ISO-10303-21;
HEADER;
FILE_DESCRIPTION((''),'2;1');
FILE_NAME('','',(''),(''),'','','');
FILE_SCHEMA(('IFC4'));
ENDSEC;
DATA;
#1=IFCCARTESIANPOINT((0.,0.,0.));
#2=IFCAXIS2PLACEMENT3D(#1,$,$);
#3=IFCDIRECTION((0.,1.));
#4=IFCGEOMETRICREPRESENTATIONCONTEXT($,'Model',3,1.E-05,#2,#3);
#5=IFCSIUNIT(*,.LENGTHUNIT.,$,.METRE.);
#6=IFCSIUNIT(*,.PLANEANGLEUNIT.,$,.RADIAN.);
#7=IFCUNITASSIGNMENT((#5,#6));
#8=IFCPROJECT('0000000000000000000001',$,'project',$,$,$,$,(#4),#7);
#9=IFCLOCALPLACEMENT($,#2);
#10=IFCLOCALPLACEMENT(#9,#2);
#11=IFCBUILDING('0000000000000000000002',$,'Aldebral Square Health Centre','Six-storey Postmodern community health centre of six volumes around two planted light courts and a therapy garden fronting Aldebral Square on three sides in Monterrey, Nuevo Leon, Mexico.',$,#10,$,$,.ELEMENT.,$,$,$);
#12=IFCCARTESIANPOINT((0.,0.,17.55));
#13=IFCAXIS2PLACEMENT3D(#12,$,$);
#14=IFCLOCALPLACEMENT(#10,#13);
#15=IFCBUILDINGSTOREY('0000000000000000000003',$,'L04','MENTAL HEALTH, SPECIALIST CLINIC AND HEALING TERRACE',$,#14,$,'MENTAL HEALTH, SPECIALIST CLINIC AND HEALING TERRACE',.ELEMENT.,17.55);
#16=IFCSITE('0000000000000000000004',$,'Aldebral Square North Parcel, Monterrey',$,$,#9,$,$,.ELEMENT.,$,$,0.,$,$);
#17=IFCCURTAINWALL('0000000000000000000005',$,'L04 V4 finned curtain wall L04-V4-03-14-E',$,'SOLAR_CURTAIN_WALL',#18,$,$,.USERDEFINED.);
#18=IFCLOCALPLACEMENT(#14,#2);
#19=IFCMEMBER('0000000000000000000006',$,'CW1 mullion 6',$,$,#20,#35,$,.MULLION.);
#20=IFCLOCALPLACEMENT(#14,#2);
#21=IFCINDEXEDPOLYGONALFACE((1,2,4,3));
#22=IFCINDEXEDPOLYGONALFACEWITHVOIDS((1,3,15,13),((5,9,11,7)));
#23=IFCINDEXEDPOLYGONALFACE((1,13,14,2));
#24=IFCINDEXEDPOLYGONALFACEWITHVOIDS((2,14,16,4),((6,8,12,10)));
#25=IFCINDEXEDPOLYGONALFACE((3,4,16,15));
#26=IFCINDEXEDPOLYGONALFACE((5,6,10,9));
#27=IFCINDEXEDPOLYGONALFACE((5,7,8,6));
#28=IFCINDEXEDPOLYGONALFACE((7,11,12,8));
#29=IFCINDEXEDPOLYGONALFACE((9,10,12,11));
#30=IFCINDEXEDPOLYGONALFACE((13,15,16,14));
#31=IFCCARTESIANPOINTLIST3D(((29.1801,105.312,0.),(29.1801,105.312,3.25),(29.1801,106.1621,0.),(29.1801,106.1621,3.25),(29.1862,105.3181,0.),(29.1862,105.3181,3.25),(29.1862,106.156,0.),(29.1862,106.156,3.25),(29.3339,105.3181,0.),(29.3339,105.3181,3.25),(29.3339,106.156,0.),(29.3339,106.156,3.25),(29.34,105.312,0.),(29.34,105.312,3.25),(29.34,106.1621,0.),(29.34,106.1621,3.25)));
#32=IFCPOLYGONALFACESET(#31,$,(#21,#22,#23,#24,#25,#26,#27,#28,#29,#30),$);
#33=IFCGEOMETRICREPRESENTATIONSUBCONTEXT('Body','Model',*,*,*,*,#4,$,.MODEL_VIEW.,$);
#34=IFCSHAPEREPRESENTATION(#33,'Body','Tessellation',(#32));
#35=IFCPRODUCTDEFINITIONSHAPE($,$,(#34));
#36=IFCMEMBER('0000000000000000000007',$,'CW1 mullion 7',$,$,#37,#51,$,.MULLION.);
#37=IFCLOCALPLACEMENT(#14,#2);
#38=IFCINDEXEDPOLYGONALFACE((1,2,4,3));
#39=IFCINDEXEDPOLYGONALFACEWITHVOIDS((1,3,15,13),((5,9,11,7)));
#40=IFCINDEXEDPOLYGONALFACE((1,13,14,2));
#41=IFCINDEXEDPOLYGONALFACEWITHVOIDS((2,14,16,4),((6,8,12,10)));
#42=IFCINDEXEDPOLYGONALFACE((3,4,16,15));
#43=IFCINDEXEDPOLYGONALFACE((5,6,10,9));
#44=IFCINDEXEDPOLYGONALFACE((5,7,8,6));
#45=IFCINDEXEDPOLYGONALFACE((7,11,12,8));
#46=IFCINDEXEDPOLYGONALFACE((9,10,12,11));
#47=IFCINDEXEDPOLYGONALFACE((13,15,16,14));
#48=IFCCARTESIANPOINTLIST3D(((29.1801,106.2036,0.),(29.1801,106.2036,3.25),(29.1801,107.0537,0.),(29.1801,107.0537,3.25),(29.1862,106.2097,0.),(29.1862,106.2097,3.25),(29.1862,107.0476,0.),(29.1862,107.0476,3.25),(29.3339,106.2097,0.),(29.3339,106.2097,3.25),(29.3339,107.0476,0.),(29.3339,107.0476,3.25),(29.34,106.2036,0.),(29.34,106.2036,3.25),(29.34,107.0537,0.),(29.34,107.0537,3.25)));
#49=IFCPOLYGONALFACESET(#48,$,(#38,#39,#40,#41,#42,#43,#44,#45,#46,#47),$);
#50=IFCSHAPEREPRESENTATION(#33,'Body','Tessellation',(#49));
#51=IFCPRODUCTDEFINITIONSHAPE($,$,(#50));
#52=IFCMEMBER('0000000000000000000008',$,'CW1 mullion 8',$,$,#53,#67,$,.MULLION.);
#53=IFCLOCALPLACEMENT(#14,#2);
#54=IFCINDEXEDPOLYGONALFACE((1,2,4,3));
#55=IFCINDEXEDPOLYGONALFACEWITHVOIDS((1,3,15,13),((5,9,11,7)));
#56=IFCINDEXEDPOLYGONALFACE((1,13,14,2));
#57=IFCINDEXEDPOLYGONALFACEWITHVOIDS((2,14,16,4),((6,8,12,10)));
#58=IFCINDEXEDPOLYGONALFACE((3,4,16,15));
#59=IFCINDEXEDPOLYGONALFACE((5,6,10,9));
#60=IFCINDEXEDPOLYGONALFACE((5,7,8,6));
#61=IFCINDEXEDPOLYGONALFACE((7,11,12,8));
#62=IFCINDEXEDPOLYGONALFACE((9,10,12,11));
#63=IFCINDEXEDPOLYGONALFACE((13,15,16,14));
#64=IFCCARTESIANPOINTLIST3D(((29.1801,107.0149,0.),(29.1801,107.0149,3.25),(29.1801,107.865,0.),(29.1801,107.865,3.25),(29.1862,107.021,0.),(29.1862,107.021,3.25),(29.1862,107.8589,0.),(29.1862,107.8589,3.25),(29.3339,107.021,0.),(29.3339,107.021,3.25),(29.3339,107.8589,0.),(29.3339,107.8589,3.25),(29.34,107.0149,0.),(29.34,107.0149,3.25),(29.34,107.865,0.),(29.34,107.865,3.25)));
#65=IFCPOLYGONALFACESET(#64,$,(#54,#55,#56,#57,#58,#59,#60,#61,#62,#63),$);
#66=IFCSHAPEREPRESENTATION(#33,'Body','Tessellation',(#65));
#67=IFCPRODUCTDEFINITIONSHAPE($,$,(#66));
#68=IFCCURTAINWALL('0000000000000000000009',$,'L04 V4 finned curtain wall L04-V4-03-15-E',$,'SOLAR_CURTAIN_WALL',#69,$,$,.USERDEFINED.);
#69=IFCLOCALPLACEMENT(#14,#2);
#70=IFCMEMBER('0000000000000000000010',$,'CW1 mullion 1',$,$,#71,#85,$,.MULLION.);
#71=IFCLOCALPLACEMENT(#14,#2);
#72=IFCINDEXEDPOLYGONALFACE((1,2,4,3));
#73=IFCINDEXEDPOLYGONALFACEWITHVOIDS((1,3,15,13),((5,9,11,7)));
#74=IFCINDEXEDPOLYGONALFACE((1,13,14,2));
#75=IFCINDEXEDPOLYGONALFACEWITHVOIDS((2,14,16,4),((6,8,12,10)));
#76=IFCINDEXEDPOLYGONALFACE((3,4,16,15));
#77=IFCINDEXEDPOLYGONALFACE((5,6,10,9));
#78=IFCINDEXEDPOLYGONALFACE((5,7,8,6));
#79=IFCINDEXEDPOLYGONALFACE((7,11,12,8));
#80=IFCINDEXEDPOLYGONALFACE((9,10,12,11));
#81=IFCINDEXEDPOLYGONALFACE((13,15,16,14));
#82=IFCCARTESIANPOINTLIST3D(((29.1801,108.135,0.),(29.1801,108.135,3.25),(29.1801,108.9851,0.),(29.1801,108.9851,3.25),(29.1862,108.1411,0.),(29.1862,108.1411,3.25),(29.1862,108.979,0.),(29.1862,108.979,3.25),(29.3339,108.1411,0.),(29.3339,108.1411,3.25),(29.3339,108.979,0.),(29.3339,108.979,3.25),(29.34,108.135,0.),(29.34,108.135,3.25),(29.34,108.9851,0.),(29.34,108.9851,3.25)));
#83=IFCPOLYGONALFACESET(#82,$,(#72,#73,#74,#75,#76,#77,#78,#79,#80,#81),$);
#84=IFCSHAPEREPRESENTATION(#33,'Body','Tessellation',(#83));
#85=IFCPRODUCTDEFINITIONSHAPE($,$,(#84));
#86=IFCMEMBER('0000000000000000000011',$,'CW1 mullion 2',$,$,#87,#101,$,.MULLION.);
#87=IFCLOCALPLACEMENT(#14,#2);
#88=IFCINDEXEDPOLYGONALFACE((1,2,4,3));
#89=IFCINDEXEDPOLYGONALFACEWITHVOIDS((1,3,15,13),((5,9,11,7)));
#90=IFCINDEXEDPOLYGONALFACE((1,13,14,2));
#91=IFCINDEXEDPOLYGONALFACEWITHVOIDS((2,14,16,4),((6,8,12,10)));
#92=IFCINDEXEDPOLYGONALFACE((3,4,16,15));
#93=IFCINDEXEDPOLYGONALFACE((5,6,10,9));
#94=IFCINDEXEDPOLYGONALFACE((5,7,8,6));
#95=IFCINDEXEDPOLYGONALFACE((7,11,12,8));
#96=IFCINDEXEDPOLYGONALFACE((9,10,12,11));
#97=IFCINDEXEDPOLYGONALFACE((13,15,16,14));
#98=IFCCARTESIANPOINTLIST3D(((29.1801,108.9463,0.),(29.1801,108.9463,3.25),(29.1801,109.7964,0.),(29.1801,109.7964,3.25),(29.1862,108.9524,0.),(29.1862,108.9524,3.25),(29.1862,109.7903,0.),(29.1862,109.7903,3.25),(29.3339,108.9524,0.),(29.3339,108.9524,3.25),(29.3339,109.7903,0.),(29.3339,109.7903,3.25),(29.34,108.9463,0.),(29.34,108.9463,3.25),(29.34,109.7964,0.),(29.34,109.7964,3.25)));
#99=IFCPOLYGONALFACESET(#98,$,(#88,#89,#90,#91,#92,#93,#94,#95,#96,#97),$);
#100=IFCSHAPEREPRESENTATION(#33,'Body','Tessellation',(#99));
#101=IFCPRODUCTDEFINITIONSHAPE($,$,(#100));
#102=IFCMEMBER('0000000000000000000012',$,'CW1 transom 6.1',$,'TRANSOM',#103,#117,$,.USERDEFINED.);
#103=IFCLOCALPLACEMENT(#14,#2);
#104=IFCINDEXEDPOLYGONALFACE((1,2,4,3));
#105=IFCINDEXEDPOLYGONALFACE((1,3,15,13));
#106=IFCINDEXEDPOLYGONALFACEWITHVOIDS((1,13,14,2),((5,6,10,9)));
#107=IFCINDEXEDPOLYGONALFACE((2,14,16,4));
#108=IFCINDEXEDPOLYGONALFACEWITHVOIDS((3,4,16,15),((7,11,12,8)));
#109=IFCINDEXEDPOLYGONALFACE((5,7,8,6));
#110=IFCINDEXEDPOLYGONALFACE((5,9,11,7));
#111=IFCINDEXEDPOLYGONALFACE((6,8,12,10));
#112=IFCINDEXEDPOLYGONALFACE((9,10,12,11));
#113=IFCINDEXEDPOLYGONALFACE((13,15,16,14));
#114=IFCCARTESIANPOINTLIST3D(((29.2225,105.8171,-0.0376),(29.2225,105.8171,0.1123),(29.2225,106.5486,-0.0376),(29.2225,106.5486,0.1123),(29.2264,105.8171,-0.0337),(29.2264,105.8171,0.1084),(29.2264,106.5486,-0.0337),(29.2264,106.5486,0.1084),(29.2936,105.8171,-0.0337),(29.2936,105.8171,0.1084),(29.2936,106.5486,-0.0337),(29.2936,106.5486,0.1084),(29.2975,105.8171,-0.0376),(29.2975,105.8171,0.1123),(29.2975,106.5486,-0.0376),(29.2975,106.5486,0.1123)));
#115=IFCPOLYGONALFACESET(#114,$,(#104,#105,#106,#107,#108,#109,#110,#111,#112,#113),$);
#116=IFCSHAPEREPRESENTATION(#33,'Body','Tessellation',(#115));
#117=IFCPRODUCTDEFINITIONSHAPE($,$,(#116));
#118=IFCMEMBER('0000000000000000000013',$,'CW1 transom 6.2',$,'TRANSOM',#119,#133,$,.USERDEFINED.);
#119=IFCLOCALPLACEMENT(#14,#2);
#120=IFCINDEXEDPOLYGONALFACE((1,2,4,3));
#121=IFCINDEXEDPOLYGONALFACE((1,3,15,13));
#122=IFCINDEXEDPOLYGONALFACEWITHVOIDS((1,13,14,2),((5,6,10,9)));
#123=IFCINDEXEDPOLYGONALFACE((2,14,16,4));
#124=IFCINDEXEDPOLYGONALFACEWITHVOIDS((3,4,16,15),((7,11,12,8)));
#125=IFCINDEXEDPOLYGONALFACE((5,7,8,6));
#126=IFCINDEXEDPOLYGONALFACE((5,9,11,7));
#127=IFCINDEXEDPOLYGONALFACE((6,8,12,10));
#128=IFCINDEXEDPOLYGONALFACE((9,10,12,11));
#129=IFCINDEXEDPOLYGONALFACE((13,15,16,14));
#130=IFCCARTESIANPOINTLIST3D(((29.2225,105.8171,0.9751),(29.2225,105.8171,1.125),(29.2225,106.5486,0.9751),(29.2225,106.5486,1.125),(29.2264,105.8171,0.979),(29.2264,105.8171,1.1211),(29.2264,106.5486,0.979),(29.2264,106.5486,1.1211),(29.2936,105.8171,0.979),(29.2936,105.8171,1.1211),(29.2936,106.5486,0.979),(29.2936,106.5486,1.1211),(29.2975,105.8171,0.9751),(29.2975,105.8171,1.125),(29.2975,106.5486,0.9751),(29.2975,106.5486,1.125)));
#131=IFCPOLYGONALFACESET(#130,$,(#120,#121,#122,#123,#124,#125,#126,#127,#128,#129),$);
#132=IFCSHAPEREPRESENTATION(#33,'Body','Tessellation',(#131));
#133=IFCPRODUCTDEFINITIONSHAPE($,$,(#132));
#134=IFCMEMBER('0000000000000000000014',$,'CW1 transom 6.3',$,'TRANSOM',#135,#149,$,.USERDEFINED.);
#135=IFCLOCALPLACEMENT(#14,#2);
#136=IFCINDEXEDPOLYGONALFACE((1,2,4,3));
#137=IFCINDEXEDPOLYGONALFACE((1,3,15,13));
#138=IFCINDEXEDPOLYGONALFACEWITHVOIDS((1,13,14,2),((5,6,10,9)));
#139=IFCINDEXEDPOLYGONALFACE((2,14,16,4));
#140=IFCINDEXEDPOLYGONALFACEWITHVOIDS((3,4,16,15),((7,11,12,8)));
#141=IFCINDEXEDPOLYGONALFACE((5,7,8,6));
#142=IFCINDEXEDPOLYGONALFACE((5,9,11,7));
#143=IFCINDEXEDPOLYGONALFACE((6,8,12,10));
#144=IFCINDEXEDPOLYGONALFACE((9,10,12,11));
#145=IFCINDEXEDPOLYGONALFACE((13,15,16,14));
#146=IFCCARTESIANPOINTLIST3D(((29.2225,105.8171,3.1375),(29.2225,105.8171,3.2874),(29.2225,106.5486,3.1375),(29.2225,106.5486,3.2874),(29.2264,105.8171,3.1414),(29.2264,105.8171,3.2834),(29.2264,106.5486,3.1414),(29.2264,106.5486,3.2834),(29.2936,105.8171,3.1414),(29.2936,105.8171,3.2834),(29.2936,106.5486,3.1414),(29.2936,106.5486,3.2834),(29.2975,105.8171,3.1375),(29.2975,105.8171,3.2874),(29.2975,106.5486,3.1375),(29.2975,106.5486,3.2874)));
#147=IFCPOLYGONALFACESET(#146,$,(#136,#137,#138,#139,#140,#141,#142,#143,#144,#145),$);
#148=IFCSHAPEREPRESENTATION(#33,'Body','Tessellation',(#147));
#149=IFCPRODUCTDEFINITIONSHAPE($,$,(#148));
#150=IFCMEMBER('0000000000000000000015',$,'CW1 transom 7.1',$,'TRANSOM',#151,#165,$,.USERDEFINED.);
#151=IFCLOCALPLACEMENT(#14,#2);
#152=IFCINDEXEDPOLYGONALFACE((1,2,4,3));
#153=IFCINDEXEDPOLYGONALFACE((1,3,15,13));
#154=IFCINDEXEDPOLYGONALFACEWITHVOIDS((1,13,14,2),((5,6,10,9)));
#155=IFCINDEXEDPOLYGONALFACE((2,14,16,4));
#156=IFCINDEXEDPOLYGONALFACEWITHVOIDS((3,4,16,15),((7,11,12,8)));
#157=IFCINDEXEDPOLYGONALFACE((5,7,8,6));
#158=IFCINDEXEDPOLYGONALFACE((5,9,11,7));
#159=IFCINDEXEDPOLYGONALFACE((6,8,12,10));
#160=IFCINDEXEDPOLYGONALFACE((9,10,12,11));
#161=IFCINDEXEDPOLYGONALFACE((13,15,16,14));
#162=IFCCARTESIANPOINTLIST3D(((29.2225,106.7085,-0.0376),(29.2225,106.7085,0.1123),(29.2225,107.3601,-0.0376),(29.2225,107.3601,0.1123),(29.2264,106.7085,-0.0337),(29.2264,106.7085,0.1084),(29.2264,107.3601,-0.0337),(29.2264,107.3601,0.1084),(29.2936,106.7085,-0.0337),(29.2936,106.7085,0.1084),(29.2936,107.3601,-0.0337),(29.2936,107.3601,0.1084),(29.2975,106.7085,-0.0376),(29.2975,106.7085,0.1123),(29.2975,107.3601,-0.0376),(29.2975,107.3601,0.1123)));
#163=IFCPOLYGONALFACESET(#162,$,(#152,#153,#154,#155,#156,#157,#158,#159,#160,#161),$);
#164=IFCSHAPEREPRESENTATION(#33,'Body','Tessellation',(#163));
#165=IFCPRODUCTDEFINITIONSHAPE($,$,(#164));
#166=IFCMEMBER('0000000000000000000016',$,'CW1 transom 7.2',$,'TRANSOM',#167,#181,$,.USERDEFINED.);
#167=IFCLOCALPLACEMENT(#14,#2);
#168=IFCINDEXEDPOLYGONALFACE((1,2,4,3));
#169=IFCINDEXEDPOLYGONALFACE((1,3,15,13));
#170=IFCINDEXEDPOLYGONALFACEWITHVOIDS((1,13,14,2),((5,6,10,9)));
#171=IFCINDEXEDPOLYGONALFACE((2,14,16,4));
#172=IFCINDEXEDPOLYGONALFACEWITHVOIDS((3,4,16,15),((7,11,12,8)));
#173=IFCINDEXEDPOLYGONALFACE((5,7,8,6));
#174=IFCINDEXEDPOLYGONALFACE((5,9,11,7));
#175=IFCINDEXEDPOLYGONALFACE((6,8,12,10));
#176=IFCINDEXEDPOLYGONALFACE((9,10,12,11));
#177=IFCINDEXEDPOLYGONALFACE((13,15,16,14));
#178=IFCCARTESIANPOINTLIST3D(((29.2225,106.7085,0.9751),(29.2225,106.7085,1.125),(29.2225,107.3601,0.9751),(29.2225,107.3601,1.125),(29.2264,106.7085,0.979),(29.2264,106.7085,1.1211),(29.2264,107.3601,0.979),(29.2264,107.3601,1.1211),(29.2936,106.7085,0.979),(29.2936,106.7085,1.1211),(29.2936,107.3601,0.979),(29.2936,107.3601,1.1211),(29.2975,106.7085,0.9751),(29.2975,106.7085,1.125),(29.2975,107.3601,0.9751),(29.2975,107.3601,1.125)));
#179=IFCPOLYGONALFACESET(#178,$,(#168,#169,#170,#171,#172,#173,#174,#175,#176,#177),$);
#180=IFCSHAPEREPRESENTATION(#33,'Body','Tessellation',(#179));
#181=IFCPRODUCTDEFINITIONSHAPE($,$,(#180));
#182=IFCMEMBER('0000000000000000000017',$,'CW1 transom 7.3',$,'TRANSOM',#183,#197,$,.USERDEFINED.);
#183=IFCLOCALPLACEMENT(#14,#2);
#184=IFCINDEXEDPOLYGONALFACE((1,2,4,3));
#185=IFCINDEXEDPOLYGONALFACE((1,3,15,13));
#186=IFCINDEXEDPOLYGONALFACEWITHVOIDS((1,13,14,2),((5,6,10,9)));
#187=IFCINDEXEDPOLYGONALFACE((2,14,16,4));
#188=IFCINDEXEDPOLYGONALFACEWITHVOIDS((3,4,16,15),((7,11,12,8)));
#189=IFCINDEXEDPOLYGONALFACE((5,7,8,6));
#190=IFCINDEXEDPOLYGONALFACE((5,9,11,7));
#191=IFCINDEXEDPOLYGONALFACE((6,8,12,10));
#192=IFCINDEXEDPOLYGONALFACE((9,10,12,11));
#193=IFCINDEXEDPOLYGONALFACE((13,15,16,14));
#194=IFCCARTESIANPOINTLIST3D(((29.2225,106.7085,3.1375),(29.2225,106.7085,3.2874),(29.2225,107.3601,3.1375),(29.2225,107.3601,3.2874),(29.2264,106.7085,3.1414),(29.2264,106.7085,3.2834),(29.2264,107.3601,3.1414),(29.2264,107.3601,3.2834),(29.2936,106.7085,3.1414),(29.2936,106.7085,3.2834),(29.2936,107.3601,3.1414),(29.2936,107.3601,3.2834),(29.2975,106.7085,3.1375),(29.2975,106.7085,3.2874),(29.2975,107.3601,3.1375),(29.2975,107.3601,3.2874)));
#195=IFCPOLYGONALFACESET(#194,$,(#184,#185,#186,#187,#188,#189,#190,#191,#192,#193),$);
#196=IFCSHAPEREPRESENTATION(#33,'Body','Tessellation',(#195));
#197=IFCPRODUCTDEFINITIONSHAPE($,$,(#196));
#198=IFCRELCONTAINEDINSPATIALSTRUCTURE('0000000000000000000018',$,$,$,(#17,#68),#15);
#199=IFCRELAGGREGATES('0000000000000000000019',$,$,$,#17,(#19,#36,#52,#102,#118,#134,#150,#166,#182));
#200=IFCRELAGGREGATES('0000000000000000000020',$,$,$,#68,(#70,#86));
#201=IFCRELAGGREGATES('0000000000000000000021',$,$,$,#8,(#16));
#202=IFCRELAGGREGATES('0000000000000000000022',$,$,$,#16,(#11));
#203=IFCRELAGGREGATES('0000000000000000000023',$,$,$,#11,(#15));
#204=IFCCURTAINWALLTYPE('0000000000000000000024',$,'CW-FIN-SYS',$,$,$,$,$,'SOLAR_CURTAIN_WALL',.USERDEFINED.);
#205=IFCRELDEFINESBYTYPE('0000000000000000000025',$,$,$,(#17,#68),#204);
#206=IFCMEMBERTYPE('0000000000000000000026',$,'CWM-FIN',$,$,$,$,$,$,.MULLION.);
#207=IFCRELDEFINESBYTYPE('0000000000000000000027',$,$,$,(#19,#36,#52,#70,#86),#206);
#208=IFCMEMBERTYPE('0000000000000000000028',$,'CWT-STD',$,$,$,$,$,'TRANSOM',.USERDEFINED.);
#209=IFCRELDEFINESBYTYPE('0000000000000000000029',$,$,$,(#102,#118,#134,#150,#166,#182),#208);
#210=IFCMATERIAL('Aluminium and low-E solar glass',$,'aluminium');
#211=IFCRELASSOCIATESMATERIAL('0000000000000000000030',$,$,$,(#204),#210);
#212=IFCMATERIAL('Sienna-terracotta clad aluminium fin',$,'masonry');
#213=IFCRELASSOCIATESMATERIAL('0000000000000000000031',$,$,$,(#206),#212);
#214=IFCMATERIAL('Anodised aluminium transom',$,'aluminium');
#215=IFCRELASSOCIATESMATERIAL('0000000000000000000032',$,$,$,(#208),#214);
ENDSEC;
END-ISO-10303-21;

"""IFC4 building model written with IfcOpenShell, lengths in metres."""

from ifc_helpers import new_model, si_unit, direction, frame, origin, origin_2d, place, context, subcontext, project, spatial, hollow_rectangle, extrude, material, material_profile, profile_set, type_object, element, aggregate, save


model = new_model("IFC4")

# Units and contexts
model_context = context("Model", 3, precision=1e-05, world=origin(), true_north=direction((0.0, 1.0)))
body_context = subcontext(model_context, "Body", "Model", "MODEL_VIEW")
ifc_project = project(units=[si_unit("LENGTHUNIT", "METRE"), si_unit("PLANEANGLEUNIT", "RADIAN")], contexts=[model_context])

# Site, building, storey
site_placement = place(None, origin())
site = spatial("IfcSite", under=ifc_project, at=site_placement, Name="Aldebral Square North Parcel, Monterrey", CompositionType="ELEMENT", RefElevation=0.0)
building_placement = place(site_placement, origin())
building = spatial("IfcBuilding", under=site, at=building_placement, Name="Aldebral Square Health Centre", Description="Six-storey Postmodern community health centre of six volumes around two planted light courts and a therapy garden fronting Aldebral Square on three sides in Monterrey, Nuevo Leon, Mexico.", CompositionType="ELEMENT")
storey_placement = place(building_placement, frame((0.0, 0.0, 17.55)))
storey = spatial("IfcBuildingStorey", under=building, at=storey_placement, Name="L04", Description="MENTAL HEALTH, SPECIALIST CLINIC AND HEALING TERRACE", LongName="MENTAL HEALTH, SPECIALIST CLINIC AND HEALING TERRACE", CompositionType="ELEMENT", Elevation=17.55)

# Curtain walls, members
ifc_material_1 = material(Name="Aluminium and low-E solar glass", Category="aluminium")
curtain_wall_type = type_object("IfcCurtainWallType", Name="CW-FIN-SYS", ElementType="SOLAR_CURTAIN_WALL", PredefinedType="USERDEFINED", material=ifc_material_1)
curtain_wall_1_placement = place(storey_placement, origin())
curtain_wall_1 = element("IfcCurtainWall", 1, at=curtain_wall_1_placement, inside=storey, type_object=curtain_wall_type, Name="L04 V4 finned curtain wall L04-V4-03-14-E", ObjectType="SOLAR_CURTAIN_WALL", PredefinedType="USERDEFINED")
ifc_material_2 = material(Name="Sienna-terracotta clad aluminium fin", Category="masonry")
ifc_material_profile_1 = material_profile(ifc_material_2, hollow_rectangle(XDim=0.1599, YDim=0.8501, WallThickness=0.0061, at=origin_2d()), Name="FIN 160x850x6")
ifc_profile_set_1 = profile_set([ifc_material_profile_1], Name="Sienna-terracotta clad aluminium fin")
member_type_1 = type_object("IfcMemberType", Name="CWM-FIN", PredefinedType="MULLION", material=ifc_profile_set_1)
member_1_placement = place(storey_placement, frame((29.26, 105.7371, 0.0), z_axis=(0.0, 0.0, 1.0), x_axis=(-1.0, 0.0, 0.0)))
member_1 = element("IfcMember", 2, at=member_1_placement, type_object=member_type_1, Name="CW1 mullion 6", PredefinedType="MULLION", context=body_context, shape_type="SweptSolid", body=[
    extrude(hollow_rectangle(XDim=0.1599, YDim=0.8501, WallThickness=0.0061, at=origin_2d()), origin(), (0.0, 0.0, 1.0), 3.25),
])
member_2_placement = place(storey_placement, frame((29.26, 106.6287, 0.0), z_axis=(0.0, 0.0, 1.0), x_axis=(-1.0, 0.0, 0.0)))
member_2 = element("IfcMember", 3, at=member_2_placement, type_object=member_type_1, Name="CW1 mullion 7", PredefinedType="MULLION", context=body_context, shape_type="SweptSolid", body=[
    extrude(hollow_rectangle(XDim=0.1599, YDim=0.8501, WallThickness=0.0061, at=origin_2d()), origin(), (0.0, 0.0, 1.0), 3.25),
])
member_3_placement = place(storey_placement, frame((29.26, 107.4399, 0.0), z_axis=(0.0, 0.0, 1.0), x_axis=(-1.0, 0.0, 0.0)))
member_3 = element("IfcMember", 4, at=member_3_placement, type_object=member_type_1, Name="CW1 mullion 8", PredefinedType="MULLION", context=body_context, shape_type="SweptSolid", body=[
    extrude(hollow_rectangle(XDim=0.1599, YDim=0.8501, WallThickness=0.0061, at=origin_2d()), origin(), (0.0, 0.0, 1.0), 3.25),
])
curtain_wall_2_placement = place(storey_placement, origin())
curtain_wall_2 = element("IfcCurtainWall", 5, at=curtain_wall_2_placement, inside=storey, type_object=curtain_wall_type, Name="L04 V4 finned curtain wall L04-V4-03-15-E", ObjectType="SOLAR_CURTAIN_WALL", PredefinedType="USERDEFINED")
member_4_placement = place(storey_placement, frame((29.26, 108.5601, 0.0), z_axis=(0.0, 0.0, 1.0), x_axis=(-1.0, 0.0, 0.0)))
member_4 = element("IfcMember", 6, at=member_4_placement, type_object=member_type_1, Name="CW1 mullion 1", PredefinedType="MULLION", context=body_context, shape_type="SweptSolid", body=[
    extrude(hollow_rectangle(XDim=0.1599, YDim=0.8501, WallThickness=0.0061, at=origin_2d()), origin(), (0.0, 0.0, 1.0), 3.25),
])
member_5_placement = place(storey_placement, frame((29.26, 109.3713, 0.0), z_axis=(0.0, 0.0, 1.0), x_axis=(-1.0, 0.0, 0.0)))
member_5 = element("IfcMember", 7, at=member_5_placement, type_object=member_type_1, Name="CW1 mullion 2", PredefinedType="MULLION", context=body_context, shape_type="SweptSolid", body=[
    extrude(hollow_rectangle(XDim=0.1599, YDim=0.8501, WallThickness=0.0061, at=origin_2d()), origin(), (0.0, 0.0, 1.0), 3.25),
])

# Members
ifc_material_3 = material(Name="Anodised aluminium transom", Category="aluminium")
ifc_material_profile_2 = material_profile(ifc_material_3, hollow_rectangle(XDim=0.075, YDim=0.1499, WallThickness=0.0039, at=origin_2d()), Name="CWT 75x150x4")
ifc_profile_set_2 = profile_set([ifc_material_profile_2], Name="Anodised aluminium transom")
member_type_2 = type_object("IfcMemberType", Name="CWT-STD", ElementType="TRANSOM", PredefinedType="USERDEFINED", material=ifc_profile_set_2)
member_6_placement = place(storey_placement, frame((29.26, 105.8171, 0.0374), z_axis=(0.0, 1.0, 0.0), x_axis=(-1.0, 0.0, 0.0)))
member_6 = element("IfcMember", 8, at=member_6_placement, type_object=member_type_2, Name="CW1 transom 6.1", ObjectType="TRANSOM", PredefinedType="USERDEFINED", context=body_context, shape_type="SweptSolid", body=[
    extrude(hollow_rectangle(XDim=0.075, YDim=0.1499, WallThickness=0.0039, at=origin_2d()), origin(), (0.0, 0.0, 1.0), 0.7314),
])
member_7_placement = place(storey_placement, frame((29.26, 105.8171, 1.05), z_axis=(0.0, 1.0, 0.0), x_axis=(-1.0, 0.0, 0.0)))
member_7 = element("IfcMember", 9, at=member_7_placement, type_object=member_type_2, Name="CW1 transom 6.2", ObjectType="TRANSOM", PredefinedType="USERDEFINED", context=body_context, shape_type="SweptSolid", body=[
    extrude(hollow_rectangle(XDim=0.075, YDim=0.1499, WallThickness=0.0039, at=origin_2d()), origin(), (0.0, 0.0, 1.0), 0.7314),
])
member_8_placement = place(storey_placement, frame((29.26, 105.8171, 3.2124), z_axis=(0.0, 1.0, 0.0), x_axis=(-1.0, 0.0, 0.0)))
member_8 = element("IfcMember", 10, at=member_8_placement, type_object=member_type_2, Name="CW1 transom 6.3", ObjectType="TRANSOM", PredefinedType="USERDEFINED", context=body_context, shape_type="SweptSolid", body=[
    extrude(hollow_rectangle(XDim=0.075, YDim=0.1499, WallThickness=0.0039, at=origin_2d()), origin(), (0.0, 0.0, 1.0), 0.7314),
])
member_9_placement = place(storey_placement, frame((29.26, 106.7085, 0.0374), z_axis=(0.0, 1.0, 0.0), x_axis=(-1.0, 0.0, 0.0)))
member_9 = element("IfcMember", 11, at=member_9_placement, type_object=member_type_2, Name="CW1 transom 7.1", ObjectType="TRANSOM", PredefinedType="USERDEFINED", context=body_context, shape_type="SweptSolid", body=[
    extrude(hollow_rectangle(XDim=0.075, YDim=0.1499, WallThickness=0.0039, at=origin_2d()), origin(), (0.0, 0.0, 1.0), 0.6516),
])
member_10_placement = place(storey_placement, frame((29.26, 106.7085, 1.05), z_axis=(0.0, 1.0, 0.0), x_axis=(-1.0, 0.0, 0.0)))
member_10 = element("IfcMember", 12, at=member_10_placement, type_object=member_type_2, Name="CW1 transom 7.2", ObjectType="TRANSOM", PredefinedType="USERDEFINED", context=body_context, shape_type="SweptSolid", body=[
    extrude(hollow_rectangle(XDim=0.075, YDim=0.1499, WallThickness=0.0039, at=origin_2d()), origin(), (0.0, 0.0, 1.0), 0.6516),
])
member_11_placement = place(storey_placement, frame((29.26, 106.7085, 3.2124), z_axis=(0.0, 1.0, 0.0), x_axis=(-1.0, 0.0, 0.0)))
member_11 = element("IfcMember", 13, at=member_11_placement, type_object=member_type_2, Name="CW1 transom 7.3", ObjectType="TRANSOM", PredefinedType="USERDEFINED", context=body_context, shape_type="SweptSolid", body=[
    extrude(hollow_rectangle(XDim=0.075, YDim=0.1499, WallThickness=0.0039, at=origin_2d()), origin(), (0.0, 0.0, 1.0), 0.6516),
])

aggregate(curtain_wall_1, [member_1, member_2, member_3, member_6, member_7, member_8, member_9, member_10, member_11])
aggregate(curtain_wall_2, [member_4, member_5])

save(model, "model.ifc")
